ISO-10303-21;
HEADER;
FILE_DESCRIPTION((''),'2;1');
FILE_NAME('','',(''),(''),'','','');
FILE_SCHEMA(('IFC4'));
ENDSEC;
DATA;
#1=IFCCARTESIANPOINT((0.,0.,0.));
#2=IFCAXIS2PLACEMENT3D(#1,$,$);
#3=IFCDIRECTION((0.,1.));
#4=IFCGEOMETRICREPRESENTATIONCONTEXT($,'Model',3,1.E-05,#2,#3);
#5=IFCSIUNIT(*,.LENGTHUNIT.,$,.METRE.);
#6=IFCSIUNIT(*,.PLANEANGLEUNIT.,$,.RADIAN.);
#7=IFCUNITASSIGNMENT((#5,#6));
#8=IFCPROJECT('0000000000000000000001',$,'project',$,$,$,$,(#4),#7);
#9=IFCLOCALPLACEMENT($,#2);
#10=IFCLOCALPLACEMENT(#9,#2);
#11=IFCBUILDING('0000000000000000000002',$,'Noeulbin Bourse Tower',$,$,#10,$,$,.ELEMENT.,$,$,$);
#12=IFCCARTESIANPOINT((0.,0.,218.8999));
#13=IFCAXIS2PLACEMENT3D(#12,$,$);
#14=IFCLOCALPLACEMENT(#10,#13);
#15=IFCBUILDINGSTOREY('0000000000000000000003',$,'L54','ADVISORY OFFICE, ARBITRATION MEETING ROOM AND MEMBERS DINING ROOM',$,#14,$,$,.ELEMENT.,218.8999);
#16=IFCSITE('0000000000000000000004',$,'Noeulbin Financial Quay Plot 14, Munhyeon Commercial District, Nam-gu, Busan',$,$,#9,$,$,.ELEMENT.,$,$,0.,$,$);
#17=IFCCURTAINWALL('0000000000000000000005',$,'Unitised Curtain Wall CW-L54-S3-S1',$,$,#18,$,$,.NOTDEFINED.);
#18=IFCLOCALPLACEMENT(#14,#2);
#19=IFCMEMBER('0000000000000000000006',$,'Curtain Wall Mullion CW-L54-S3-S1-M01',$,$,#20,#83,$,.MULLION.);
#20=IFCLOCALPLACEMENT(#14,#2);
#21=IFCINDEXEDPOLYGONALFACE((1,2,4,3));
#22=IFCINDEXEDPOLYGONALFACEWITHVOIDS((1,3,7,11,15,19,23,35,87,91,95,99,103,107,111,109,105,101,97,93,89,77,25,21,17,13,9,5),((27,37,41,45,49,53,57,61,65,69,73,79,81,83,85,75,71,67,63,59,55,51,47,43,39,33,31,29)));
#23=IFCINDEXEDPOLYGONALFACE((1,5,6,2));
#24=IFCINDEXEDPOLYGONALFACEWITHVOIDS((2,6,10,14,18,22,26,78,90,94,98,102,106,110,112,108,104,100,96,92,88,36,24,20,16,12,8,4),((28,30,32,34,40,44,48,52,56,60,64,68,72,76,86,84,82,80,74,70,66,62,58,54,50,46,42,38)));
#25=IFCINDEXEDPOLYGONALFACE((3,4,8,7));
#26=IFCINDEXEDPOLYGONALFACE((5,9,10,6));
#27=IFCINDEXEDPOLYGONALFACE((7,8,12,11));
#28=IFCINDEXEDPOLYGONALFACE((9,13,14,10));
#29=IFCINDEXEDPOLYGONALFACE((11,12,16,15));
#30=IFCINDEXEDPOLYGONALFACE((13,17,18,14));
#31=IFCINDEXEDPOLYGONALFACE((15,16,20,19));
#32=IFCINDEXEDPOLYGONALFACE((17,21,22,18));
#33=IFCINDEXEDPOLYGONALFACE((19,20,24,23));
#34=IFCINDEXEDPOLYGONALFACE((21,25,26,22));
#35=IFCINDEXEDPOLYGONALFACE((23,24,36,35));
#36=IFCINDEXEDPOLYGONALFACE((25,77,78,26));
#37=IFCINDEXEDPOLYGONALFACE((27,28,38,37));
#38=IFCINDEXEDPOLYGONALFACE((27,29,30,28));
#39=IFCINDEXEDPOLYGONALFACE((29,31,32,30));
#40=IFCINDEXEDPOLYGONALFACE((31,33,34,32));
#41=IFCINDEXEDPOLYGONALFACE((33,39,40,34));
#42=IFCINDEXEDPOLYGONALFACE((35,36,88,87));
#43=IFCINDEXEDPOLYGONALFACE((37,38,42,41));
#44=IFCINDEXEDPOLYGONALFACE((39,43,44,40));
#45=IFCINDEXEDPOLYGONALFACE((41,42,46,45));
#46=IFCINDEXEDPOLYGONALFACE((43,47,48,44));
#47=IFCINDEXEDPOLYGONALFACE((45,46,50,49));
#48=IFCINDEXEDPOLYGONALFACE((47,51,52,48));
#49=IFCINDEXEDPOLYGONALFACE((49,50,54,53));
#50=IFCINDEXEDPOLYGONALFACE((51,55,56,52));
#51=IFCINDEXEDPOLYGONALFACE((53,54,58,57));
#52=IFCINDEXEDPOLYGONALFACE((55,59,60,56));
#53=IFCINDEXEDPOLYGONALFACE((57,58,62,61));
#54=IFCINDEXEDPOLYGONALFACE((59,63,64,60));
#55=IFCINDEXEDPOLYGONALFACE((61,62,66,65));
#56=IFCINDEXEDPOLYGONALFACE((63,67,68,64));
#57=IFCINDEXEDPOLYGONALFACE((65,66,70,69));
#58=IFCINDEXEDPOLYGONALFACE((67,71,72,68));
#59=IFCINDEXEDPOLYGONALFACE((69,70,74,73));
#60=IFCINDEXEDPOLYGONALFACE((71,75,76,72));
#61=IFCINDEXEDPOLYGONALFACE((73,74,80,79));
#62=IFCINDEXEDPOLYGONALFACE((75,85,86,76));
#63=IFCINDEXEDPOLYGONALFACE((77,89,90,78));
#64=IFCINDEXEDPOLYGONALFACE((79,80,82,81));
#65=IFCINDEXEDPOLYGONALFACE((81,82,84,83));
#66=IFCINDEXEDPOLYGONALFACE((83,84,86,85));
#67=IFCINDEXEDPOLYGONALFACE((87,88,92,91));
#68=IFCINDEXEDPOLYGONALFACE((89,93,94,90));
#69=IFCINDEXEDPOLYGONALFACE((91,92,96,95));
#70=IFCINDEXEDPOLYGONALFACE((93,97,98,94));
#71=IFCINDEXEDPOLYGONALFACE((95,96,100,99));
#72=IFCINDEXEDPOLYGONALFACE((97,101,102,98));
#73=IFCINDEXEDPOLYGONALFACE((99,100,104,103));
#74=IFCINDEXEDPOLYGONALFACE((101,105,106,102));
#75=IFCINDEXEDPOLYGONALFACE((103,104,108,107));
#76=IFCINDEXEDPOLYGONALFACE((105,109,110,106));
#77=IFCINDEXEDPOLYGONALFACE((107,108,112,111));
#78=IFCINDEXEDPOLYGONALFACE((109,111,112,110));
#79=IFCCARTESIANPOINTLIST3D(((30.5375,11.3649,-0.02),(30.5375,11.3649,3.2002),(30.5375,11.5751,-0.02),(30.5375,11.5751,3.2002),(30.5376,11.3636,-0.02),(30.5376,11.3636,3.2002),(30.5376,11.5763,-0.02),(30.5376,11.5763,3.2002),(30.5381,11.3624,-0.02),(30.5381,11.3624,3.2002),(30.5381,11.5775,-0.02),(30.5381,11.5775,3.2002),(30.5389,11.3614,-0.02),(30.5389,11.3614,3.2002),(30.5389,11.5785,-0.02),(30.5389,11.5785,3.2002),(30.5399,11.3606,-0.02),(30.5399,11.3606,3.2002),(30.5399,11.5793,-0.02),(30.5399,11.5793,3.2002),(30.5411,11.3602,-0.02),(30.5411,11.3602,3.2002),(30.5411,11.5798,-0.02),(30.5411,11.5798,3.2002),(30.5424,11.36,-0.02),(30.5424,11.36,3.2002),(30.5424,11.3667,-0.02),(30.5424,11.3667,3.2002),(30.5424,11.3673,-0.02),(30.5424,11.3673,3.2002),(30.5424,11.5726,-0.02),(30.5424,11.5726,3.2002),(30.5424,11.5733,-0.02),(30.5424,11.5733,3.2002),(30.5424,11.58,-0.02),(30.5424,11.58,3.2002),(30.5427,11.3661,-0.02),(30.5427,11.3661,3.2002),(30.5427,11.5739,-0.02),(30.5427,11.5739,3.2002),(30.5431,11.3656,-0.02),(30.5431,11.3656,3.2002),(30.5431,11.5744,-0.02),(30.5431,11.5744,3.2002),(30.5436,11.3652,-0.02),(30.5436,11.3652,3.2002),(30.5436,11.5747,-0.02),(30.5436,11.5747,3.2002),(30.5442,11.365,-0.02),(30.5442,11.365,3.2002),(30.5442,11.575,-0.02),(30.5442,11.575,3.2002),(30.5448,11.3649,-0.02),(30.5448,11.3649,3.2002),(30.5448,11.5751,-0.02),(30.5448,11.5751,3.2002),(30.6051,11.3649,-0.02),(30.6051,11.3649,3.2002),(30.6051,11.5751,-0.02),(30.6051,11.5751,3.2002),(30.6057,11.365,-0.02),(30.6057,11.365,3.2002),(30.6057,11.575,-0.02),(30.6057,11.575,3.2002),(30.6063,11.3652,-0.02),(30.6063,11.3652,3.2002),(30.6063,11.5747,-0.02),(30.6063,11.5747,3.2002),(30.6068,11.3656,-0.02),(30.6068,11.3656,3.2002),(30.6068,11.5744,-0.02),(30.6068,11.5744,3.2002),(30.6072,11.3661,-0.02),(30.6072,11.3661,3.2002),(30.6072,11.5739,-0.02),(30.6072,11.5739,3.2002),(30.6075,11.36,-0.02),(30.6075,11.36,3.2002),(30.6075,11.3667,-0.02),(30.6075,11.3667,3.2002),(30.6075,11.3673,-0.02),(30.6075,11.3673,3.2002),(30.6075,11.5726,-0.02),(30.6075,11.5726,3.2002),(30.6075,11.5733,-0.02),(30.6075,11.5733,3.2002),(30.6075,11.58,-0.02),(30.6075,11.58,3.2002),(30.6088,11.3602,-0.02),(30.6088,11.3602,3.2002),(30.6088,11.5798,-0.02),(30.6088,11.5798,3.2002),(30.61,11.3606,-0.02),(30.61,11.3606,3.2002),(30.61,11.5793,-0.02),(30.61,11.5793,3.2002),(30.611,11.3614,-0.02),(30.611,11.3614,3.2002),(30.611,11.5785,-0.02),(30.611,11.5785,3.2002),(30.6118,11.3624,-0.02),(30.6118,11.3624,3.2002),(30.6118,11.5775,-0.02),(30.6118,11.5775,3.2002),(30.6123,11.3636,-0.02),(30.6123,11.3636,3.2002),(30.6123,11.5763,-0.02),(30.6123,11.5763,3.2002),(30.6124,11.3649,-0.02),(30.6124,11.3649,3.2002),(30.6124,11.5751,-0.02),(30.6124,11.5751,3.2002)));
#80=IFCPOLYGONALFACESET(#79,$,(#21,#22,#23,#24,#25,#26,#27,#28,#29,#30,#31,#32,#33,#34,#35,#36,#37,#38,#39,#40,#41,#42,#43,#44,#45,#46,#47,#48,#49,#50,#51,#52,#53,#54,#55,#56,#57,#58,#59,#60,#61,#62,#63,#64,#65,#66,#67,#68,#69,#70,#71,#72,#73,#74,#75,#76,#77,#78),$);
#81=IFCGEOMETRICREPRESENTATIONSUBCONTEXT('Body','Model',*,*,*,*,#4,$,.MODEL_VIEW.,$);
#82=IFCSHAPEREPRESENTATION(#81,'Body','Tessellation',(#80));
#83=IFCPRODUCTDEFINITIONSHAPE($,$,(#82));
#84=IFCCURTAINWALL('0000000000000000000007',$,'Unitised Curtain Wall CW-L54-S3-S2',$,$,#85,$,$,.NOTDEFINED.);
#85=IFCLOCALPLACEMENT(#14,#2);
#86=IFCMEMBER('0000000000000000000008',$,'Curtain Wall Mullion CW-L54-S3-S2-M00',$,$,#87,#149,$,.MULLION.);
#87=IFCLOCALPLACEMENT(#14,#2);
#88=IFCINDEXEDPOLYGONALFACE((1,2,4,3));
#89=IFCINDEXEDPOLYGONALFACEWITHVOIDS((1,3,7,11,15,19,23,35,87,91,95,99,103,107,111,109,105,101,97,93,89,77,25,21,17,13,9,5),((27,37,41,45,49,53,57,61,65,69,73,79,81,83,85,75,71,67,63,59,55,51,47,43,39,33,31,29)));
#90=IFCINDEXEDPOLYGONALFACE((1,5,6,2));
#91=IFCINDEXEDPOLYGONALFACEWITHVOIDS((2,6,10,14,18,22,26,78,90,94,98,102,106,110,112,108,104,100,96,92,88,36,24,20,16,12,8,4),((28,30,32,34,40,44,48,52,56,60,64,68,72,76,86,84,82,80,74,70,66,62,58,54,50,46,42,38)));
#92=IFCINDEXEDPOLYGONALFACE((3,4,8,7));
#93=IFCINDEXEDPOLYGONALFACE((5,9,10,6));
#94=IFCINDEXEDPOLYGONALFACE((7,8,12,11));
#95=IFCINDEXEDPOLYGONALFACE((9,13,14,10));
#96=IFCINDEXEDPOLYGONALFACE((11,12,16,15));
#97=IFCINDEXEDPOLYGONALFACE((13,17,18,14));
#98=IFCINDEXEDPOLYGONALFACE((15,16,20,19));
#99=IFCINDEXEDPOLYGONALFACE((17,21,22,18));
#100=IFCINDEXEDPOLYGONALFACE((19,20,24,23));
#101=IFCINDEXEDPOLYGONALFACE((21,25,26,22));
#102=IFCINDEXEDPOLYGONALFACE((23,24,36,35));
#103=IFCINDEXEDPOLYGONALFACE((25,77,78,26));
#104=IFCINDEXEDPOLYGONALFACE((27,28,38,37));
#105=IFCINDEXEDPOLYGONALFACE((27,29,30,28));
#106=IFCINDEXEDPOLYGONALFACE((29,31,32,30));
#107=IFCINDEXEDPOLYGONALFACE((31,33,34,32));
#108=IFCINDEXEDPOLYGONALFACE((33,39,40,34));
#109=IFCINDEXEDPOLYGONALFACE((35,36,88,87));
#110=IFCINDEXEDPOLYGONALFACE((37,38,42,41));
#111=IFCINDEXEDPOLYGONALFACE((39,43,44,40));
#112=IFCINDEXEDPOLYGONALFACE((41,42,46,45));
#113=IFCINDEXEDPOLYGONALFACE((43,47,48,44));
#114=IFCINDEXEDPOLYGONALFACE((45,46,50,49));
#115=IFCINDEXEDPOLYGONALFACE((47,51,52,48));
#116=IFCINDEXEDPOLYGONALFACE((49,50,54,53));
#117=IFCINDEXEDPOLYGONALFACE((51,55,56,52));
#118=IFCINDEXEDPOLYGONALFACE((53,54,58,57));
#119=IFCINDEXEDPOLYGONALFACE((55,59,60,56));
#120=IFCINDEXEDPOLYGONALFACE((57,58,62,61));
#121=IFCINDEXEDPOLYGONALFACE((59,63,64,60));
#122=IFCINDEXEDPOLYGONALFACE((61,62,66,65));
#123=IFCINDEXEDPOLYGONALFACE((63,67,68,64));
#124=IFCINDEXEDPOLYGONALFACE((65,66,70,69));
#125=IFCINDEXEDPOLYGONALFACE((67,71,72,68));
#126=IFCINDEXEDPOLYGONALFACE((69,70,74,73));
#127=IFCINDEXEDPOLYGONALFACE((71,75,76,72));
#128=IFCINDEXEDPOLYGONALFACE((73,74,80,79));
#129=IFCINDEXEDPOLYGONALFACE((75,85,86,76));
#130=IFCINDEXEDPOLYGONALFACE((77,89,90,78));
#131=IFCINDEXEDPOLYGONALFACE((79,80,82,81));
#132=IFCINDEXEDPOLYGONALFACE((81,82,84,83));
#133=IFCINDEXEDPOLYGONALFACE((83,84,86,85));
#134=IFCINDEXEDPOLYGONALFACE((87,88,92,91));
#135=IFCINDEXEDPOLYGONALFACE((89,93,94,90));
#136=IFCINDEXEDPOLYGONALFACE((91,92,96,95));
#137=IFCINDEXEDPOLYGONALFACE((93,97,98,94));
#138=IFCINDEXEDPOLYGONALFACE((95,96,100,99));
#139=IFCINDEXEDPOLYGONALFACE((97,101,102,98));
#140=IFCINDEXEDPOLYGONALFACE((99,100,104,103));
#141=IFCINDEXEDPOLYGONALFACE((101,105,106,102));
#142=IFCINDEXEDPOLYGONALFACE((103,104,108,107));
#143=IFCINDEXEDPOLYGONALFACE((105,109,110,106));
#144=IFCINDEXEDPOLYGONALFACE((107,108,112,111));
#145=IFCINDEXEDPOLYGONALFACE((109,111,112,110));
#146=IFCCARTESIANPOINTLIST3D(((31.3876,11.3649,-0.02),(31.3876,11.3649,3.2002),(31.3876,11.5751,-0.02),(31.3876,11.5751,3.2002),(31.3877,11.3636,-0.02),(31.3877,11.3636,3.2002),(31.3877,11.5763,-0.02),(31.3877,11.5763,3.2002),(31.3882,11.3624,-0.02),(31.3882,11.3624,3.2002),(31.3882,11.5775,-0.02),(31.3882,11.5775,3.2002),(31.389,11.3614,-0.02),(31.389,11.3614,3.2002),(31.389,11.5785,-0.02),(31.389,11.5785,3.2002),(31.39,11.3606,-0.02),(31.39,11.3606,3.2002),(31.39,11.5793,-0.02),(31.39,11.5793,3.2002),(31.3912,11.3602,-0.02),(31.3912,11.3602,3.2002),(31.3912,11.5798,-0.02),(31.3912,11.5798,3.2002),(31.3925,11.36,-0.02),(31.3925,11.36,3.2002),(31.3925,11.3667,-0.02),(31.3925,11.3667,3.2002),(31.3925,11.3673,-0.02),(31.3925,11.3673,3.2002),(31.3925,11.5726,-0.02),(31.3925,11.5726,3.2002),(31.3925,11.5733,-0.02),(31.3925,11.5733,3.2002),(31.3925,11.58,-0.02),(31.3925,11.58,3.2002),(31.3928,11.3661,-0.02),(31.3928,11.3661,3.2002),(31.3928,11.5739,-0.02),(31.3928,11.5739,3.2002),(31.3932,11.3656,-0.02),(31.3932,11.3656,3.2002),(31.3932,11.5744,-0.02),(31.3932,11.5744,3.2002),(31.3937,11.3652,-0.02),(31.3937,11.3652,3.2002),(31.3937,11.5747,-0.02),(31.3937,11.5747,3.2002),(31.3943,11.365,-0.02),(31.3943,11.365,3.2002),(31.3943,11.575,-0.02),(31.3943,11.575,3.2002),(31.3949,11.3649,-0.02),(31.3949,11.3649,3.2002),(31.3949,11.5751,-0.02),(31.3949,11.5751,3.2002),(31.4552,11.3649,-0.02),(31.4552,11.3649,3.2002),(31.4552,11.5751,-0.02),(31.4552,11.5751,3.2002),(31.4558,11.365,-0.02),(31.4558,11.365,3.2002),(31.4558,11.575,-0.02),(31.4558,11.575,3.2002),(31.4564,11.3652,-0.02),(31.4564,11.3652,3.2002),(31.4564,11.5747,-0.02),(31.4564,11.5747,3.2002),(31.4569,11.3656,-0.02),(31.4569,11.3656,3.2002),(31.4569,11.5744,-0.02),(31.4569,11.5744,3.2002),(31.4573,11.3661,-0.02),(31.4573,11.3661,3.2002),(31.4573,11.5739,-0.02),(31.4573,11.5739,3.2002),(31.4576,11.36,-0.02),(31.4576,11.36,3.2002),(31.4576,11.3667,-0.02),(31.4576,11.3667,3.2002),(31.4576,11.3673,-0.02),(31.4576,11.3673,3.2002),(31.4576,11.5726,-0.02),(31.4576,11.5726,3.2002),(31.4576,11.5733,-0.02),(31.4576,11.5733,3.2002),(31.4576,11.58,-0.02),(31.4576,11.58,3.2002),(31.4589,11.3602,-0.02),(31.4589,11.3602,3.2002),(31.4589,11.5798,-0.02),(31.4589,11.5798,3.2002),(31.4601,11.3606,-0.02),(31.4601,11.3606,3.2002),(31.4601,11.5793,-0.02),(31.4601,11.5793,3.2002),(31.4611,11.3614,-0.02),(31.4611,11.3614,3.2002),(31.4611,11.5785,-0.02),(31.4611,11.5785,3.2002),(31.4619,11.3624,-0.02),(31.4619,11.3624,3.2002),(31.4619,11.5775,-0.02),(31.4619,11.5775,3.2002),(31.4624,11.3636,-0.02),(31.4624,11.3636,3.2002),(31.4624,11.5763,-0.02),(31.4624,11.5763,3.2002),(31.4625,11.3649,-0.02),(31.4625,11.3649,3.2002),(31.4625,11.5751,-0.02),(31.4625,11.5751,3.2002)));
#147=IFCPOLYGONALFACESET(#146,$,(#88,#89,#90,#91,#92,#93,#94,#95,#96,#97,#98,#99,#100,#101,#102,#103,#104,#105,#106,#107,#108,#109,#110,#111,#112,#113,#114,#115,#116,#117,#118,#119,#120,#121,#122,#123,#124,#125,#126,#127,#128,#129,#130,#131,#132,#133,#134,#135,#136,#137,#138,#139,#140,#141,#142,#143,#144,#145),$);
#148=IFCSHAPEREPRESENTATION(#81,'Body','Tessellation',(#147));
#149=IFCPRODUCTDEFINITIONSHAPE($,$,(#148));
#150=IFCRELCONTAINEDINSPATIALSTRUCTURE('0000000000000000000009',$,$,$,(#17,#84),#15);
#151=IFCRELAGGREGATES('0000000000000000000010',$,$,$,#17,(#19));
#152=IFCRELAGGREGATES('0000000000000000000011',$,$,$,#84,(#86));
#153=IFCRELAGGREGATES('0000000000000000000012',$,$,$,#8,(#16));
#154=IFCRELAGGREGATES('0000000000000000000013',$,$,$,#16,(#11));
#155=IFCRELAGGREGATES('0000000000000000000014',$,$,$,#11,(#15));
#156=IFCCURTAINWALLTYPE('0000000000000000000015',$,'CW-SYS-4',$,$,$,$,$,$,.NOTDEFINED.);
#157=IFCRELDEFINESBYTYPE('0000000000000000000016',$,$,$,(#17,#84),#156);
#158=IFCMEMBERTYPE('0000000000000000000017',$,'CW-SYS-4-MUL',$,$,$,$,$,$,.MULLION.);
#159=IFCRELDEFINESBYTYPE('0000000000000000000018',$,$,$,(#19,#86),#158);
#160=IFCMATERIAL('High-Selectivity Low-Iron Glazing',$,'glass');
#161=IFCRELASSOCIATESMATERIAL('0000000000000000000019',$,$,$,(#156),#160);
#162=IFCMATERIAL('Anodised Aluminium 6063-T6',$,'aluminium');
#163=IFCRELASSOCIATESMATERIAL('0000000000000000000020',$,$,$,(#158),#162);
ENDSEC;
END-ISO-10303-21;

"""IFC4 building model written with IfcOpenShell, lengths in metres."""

from ifc_helpers import new_model, si_unit, direction, frame, origin, origin_2d, place, context, subcontext, project, spatial, hollow_rectangle, extrude, material, material_profile, profile_set, type_object, element, aggregate, save


model = new_model("IFC4")

# Units and contexts
model_context = context("Model", 3, precision=1e-05, world=origin(), true_north=direction((0.0, 1.0)))
body_context = subcontext(model_context, "Body", "Model", "MODEL_VIEW")
ifc_project = project(units=[si_unit("LENGTHUNIT", "METRE"), si_unit("PLANEANGLEUNIT", "RADIAN")], contexts=[model_context])

# Site, building, storey
site_placement = place(None, origin())
site = spatial("IfcSite", under=ifc_project, at=site_placement, Name="Noeulbin Financial Quay Plot 14, Munhyeon Commercial District, Nam-gu, Busan", CompositionType="ELEMENT", RefElevation=0.0)
building_placement = place(site_placement, origin())
building = spatial("IfcBuilding", under=site, at=building_placement, Name="Noeulbin Bourse Tower", CompositionType="ELEMENT")
storey_placement = place(building_placement, frame((0.0, 0.0, 218.8999)))
storey = spatial("IfcBuildingStorey", under=building, at=storey_placement, Name="L54", Description="ADVISORY OFFICE, ARBITRATION MEETING ROOM AND MEMBERS DINING ROOM", CompositionType="ELEMENT", Elevation=218.8999)

# Curtain walls, members
ifc_material_1 = material(Name="High-Selectivity Low-Iron Glazing", Category="glass")
curtain_wall_type = type_object("IfcCurtainWallType", Name="CW-SYS-4", PredefinedType="NOTDEFINED", material=ifc_material_1)
curtain_wall_1_placement = place(storey_placement, origin())
curtain_wall_1 = element("IfcCurtainWall", 1, at=curtain_wall_1_placement, inside=storey, type_object=curtain_wall_type, Name="Unitised Curtain Wall CW-L54-S3-S1", PredefinedType="NOTDEFINED")
ifc_material_2 = material(Name="Anodised Aluminium 6063-T6", Category="aluminium")
ifc_material_profile_1 = material_profile(ifc_material_2, hollow_rectangle(XDim=0.075, YDim=0.22, WallThickness=0.0049, InnerFilletRadius=0.0024, OuterFilletRadius=0.0049, at=origin_2d()), Name="ALU-MULL-75x220x5", Category="LoadBearing")
ifc_profile_set_1 = profile_set([ifc_material_profile_1], Name="Anodised Aluminium 6063-T6")
member_type_1 = type_object("IfcMemberType", Name="CW-SYS-4-MUL", PredefinedType="MULLION", material=ifc_profile_set_1)
member_1_placement = place(storey_placement, frame((30.575, 11.47, -0.02), z_axis=(0.0, 0.0, 1.0), x_axis=(1.0, 0.0, 0.0)))
member_1 = element("IfcMember", 2, at=member_1_placement, type_object=member_type_1, Name="Curtain Wall Mullion CW-L54-S3-S1-M01", PredefinedType="MULLION", context=body_context, shape_type="SweptSolid", body=[
    extrude(hollow_rectangle(XDim=0.075, YDim=0.22, WallThickness=0.0049, InnerFilletRadius=0.0024, OuterFilletRadius=0.0049, at=origin_2d()), origin(), (0.0, 0.0, 1.0), 3.2202),
])
curtain_wall_2_placement = place(storey_placement, origin())
curtain_wall_2 = element("IfcCurtainWall", 3, at=curtain_wall_2_placement, inside=storey, type_object=curtain_wall_type, Name="Unitised Curtain Wall CW-L54-S3-S2", PredefinedType="NOTDEFINED")
member_2_placement = place(storey_placement, frame((31.425, 11.47, -0.02), z_axis=(0.0, 0.0, 1.0), x_axis=(1.0, 0.0, 0.0)))
member_2 = element("IfcMember", 4, at=member_2_placement, type_object=member_type_1, Name="Curtain Wall Mullion CW-L54-S3-S2-M00", PredefinedType="MULLION", context=body_context, shape_type="SweptSolid", body=[
    extrude(hollow_rectangle(XDim=0.075, YDim=0.22, WallThickness=0.0049, InnerFilletRadius=0.0024, OuterFilletRadius=0.0049, at=origin_2d()), origin(), (0.0, 0.0, 1.0), 3.2202),
])

aggregate(curtain_wall_1, [member_1])
aggregate(curtain_wall_2, [member_2])

save(model, "model.ifc")
